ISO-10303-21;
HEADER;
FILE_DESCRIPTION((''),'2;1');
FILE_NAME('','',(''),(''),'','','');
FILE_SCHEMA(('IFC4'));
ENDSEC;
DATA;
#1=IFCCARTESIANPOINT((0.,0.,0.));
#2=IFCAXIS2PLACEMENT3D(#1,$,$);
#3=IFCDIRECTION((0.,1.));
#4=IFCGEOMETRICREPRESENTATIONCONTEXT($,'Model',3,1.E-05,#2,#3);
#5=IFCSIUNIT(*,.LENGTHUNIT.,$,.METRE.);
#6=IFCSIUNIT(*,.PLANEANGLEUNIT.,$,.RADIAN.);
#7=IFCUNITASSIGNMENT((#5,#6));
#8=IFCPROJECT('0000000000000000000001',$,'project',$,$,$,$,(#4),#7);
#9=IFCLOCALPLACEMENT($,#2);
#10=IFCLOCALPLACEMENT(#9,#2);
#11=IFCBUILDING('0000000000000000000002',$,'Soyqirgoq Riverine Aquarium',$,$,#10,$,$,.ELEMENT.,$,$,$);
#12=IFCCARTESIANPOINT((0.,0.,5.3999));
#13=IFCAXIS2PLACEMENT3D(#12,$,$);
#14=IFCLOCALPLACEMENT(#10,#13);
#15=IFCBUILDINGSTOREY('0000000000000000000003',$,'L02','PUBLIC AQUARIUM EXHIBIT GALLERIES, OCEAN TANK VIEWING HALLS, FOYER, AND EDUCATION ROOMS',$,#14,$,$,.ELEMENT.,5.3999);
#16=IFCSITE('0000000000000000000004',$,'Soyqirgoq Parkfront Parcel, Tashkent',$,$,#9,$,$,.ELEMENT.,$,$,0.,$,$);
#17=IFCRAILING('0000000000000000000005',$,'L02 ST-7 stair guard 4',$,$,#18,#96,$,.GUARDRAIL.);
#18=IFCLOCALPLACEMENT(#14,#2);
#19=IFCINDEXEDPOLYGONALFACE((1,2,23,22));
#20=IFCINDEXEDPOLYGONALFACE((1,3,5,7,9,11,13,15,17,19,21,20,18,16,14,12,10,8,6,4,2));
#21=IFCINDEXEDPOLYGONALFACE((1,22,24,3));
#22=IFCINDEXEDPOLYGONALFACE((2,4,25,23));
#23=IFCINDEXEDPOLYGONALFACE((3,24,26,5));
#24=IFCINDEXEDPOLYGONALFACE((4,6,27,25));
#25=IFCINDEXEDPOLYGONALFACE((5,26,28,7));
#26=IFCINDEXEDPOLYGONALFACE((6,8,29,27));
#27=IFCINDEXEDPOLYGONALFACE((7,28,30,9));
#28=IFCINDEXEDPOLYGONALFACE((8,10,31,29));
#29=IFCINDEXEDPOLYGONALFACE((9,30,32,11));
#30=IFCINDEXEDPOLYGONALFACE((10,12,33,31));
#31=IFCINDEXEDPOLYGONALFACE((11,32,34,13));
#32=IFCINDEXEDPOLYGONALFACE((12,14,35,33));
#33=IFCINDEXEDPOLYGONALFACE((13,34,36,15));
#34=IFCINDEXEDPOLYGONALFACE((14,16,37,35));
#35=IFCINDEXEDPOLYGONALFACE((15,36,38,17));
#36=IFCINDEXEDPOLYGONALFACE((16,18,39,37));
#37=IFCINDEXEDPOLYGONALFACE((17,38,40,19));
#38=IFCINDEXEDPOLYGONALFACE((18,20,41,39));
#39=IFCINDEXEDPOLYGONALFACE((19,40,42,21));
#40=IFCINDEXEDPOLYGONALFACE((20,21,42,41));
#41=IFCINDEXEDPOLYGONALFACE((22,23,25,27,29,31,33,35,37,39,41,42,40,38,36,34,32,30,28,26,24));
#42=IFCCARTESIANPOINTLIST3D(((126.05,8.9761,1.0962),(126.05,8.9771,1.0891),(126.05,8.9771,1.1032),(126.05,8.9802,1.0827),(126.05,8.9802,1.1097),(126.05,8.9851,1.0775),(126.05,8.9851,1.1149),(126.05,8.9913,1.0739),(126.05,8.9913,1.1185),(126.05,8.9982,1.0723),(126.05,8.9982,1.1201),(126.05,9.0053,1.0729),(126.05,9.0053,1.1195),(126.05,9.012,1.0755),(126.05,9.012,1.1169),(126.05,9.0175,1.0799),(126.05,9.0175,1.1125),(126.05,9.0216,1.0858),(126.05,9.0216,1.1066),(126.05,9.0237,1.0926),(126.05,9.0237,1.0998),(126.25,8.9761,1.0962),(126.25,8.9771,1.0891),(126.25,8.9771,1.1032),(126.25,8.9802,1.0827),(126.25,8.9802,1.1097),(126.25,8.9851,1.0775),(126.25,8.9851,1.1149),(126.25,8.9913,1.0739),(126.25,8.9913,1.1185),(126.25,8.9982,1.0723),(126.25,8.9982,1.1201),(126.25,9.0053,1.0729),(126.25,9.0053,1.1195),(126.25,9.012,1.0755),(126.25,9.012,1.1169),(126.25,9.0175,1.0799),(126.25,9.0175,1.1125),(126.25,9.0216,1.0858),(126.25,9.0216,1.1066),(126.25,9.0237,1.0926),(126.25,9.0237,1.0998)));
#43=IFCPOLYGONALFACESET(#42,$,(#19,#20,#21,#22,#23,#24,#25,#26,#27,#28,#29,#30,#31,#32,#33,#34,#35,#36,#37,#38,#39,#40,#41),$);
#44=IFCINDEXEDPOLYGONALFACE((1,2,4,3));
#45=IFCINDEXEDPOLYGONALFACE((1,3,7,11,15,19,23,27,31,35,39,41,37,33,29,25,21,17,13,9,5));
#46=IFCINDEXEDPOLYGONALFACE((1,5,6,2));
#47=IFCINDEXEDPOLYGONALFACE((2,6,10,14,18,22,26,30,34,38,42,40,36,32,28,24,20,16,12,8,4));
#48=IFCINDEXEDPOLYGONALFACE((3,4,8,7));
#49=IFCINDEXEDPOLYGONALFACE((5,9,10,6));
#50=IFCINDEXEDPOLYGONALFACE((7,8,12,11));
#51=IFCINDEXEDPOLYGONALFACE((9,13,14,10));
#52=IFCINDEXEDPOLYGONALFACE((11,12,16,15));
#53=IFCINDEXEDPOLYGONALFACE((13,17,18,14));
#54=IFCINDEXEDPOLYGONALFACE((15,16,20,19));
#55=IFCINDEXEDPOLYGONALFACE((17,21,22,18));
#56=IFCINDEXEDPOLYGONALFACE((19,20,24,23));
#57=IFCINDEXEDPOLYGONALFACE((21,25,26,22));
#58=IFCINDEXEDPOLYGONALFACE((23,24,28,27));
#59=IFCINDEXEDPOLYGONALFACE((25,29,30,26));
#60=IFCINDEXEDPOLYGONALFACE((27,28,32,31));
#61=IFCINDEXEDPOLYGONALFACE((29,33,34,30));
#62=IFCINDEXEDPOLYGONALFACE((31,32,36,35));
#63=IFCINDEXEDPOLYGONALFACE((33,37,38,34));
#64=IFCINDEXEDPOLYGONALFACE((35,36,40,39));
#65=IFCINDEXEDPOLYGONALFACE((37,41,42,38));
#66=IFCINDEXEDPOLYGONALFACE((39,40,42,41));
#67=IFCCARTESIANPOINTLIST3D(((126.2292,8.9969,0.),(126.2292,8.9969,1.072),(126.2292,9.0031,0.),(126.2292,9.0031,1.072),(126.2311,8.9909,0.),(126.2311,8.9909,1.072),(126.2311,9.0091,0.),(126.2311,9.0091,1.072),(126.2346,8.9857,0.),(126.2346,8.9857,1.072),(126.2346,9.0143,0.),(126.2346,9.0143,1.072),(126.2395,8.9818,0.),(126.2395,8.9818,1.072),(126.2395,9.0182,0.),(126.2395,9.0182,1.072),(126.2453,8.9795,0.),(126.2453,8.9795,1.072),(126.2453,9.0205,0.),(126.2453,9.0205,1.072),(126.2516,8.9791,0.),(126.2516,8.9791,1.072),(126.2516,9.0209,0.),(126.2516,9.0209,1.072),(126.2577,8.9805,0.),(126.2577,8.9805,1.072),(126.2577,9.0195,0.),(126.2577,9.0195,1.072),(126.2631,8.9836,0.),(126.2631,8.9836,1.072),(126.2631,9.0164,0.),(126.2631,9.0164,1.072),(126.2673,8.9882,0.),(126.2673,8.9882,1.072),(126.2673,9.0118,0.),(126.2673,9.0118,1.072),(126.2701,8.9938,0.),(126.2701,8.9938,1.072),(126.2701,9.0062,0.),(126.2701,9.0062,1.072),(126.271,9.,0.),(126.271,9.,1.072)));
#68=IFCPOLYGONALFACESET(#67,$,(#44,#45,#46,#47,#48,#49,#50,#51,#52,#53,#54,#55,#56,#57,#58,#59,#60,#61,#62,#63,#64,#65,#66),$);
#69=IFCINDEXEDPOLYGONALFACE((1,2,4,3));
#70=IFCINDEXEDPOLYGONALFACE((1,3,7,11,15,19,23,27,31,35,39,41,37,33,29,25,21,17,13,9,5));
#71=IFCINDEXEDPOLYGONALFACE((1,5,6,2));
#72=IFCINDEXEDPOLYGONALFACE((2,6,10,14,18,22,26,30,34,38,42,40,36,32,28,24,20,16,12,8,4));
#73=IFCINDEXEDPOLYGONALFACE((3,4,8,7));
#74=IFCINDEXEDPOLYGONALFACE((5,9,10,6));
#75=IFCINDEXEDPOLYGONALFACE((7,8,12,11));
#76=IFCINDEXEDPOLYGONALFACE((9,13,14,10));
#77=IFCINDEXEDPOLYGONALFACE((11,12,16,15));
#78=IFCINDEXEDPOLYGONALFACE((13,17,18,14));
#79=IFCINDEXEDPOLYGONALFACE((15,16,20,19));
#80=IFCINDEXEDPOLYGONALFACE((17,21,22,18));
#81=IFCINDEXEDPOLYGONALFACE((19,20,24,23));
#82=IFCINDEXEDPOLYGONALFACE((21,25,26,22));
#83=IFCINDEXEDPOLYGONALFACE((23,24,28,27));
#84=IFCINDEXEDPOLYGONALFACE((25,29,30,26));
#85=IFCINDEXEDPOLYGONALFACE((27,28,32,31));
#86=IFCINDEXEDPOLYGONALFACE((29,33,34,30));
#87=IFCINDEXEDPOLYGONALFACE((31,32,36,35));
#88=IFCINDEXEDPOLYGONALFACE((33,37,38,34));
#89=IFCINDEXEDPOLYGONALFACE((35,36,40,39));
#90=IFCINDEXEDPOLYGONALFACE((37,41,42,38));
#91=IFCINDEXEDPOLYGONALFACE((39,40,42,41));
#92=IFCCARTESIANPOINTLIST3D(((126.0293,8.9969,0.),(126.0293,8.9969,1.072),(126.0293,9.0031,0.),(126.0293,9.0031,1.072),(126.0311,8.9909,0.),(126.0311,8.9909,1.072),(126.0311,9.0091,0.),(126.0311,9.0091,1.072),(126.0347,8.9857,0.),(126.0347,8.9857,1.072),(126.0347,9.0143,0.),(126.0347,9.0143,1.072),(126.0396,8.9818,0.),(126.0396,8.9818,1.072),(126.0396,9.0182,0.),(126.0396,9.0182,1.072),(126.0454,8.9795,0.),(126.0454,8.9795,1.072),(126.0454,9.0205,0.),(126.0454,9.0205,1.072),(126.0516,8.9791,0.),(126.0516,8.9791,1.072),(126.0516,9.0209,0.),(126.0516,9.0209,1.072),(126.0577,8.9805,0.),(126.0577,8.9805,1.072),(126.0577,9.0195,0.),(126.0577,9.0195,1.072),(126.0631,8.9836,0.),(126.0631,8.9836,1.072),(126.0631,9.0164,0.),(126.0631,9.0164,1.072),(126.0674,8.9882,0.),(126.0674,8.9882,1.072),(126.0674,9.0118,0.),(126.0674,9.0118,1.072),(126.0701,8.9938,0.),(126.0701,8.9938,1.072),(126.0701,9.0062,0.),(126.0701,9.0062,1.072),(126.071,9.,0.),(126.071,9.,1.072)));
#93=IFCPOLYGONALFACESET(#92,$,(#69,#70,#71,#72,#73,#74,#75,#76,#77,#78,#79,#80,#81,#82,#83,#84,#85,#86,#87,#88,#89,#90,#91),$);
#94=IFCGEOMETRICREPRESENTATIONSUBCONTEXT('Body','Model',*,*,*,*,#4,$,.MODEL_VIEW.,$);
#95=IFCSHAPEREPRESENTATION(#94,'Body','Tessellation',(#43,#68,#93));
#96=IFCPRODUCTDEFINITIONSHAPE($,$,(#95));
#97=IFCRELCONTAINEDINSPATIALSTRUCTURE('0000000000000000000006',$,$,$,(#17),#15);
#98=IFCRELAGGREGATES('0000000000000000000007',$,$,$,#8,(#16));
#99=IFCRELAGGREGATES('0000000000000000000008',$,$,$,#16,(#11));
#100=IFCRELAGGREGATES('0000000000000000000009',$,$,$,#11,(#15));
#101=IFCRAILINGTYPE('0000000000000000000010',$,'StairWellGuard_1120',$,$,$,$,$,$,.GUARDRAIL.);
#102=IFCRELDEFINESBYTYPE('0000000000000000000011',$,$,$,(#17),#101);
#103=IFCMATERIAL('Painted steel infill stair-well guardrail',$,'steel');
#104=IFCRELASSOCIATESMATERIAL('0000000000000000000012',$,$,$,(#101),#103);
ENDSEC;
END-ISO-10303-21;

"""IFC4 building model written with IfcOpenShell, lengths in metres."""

from ifc_helpers import new_model, si_unit, direction, frame, origin, origin_2d, place, context, subcontext, project, spatial, circle, extrude, material, type_object, element, save


model = new_model("IFC4")

# Units and contexts
model_context = context("Model", 3, precision=1e-05, world=origin(), true_north=direction((0.0, 1.0)))
body_context = subcontext(model_context, "Body", "Model", "MODEL_VIEW")
ifc_project = project(units=[si_unit("LENGTHUNIT", "METRE"), si_unit("PLANEANGLEUNIT", "RADIAN")], contexts=[model_context])

# Site, building, storey
site_placement = place(None, origin())
site = spatial("IfcSite", under=ifc_project, at=site_placement, Name="Soyqirgoq Parkfront Parcel, Tashkent", CompositionType="ELEMENT", RefElevation=0.0)
building_placement = place(site_placement, origin())
building = spatial("IfcBuilding", under=site, at=building_placement, Name="Soyqirgoq Riverine Aquarium", CompositionType="ELEMENT")
storey_placement = place(building_placement, frame((0.0, 0.0, 5.3999)))
storey = spatial("IfcBuildingStorey", under=building, at=storey_placement, Name="L02", Description="PUBLIC AQUARIUM EXHIBIT GALLERIES, OCEAN TANK VIEWING HALLS, FOYER, AND EDUCATION ROOMS", CompositionType="ELEMENT", Elevation=5.3999)

# Railing
ifc_material_1 = material(Name="Painted steel infill stair-well guardrail", Category="steel")
railing_type_1 = type_object("IfcRailingType", Name="StairWellGuard_1120", PredefinedType="GUARDRAIL", material=ifc_material_1)
railing_1_placement = place(storey_placement, frame((126.25, 9.0, 0.0)))
element("IfcRailing", 1, at=railing_1_placement, inside=storey, type_object=railing_type_1, Name="L02 ST-7 stair guard 4", PredefinedType="GUARDRAIL", context=body_context, shape_type="SweptSolid", body=[
    extrude(circle(Radius=0.0239, at=origin_2d()), frame((0.0, 0.0, 1.0962), z_axis=(-1.0, 0.0, 0.0), x_axis=(0.0, -1.0, 0.0)), (0.0, 0.0, 1.0), 0.2),
    extrude(circle(Radius=0.021, at=origin_2d()), origin(), (0.0, 0.0, 1.0), 1.072),
    extrude(circle(Radius=0.021, at=origin_2d()), frame((-0.2, 0.0, 0.0)), (0.0, 0.0, 1.0), 1.072),
])

save(model, "model.ifc")
